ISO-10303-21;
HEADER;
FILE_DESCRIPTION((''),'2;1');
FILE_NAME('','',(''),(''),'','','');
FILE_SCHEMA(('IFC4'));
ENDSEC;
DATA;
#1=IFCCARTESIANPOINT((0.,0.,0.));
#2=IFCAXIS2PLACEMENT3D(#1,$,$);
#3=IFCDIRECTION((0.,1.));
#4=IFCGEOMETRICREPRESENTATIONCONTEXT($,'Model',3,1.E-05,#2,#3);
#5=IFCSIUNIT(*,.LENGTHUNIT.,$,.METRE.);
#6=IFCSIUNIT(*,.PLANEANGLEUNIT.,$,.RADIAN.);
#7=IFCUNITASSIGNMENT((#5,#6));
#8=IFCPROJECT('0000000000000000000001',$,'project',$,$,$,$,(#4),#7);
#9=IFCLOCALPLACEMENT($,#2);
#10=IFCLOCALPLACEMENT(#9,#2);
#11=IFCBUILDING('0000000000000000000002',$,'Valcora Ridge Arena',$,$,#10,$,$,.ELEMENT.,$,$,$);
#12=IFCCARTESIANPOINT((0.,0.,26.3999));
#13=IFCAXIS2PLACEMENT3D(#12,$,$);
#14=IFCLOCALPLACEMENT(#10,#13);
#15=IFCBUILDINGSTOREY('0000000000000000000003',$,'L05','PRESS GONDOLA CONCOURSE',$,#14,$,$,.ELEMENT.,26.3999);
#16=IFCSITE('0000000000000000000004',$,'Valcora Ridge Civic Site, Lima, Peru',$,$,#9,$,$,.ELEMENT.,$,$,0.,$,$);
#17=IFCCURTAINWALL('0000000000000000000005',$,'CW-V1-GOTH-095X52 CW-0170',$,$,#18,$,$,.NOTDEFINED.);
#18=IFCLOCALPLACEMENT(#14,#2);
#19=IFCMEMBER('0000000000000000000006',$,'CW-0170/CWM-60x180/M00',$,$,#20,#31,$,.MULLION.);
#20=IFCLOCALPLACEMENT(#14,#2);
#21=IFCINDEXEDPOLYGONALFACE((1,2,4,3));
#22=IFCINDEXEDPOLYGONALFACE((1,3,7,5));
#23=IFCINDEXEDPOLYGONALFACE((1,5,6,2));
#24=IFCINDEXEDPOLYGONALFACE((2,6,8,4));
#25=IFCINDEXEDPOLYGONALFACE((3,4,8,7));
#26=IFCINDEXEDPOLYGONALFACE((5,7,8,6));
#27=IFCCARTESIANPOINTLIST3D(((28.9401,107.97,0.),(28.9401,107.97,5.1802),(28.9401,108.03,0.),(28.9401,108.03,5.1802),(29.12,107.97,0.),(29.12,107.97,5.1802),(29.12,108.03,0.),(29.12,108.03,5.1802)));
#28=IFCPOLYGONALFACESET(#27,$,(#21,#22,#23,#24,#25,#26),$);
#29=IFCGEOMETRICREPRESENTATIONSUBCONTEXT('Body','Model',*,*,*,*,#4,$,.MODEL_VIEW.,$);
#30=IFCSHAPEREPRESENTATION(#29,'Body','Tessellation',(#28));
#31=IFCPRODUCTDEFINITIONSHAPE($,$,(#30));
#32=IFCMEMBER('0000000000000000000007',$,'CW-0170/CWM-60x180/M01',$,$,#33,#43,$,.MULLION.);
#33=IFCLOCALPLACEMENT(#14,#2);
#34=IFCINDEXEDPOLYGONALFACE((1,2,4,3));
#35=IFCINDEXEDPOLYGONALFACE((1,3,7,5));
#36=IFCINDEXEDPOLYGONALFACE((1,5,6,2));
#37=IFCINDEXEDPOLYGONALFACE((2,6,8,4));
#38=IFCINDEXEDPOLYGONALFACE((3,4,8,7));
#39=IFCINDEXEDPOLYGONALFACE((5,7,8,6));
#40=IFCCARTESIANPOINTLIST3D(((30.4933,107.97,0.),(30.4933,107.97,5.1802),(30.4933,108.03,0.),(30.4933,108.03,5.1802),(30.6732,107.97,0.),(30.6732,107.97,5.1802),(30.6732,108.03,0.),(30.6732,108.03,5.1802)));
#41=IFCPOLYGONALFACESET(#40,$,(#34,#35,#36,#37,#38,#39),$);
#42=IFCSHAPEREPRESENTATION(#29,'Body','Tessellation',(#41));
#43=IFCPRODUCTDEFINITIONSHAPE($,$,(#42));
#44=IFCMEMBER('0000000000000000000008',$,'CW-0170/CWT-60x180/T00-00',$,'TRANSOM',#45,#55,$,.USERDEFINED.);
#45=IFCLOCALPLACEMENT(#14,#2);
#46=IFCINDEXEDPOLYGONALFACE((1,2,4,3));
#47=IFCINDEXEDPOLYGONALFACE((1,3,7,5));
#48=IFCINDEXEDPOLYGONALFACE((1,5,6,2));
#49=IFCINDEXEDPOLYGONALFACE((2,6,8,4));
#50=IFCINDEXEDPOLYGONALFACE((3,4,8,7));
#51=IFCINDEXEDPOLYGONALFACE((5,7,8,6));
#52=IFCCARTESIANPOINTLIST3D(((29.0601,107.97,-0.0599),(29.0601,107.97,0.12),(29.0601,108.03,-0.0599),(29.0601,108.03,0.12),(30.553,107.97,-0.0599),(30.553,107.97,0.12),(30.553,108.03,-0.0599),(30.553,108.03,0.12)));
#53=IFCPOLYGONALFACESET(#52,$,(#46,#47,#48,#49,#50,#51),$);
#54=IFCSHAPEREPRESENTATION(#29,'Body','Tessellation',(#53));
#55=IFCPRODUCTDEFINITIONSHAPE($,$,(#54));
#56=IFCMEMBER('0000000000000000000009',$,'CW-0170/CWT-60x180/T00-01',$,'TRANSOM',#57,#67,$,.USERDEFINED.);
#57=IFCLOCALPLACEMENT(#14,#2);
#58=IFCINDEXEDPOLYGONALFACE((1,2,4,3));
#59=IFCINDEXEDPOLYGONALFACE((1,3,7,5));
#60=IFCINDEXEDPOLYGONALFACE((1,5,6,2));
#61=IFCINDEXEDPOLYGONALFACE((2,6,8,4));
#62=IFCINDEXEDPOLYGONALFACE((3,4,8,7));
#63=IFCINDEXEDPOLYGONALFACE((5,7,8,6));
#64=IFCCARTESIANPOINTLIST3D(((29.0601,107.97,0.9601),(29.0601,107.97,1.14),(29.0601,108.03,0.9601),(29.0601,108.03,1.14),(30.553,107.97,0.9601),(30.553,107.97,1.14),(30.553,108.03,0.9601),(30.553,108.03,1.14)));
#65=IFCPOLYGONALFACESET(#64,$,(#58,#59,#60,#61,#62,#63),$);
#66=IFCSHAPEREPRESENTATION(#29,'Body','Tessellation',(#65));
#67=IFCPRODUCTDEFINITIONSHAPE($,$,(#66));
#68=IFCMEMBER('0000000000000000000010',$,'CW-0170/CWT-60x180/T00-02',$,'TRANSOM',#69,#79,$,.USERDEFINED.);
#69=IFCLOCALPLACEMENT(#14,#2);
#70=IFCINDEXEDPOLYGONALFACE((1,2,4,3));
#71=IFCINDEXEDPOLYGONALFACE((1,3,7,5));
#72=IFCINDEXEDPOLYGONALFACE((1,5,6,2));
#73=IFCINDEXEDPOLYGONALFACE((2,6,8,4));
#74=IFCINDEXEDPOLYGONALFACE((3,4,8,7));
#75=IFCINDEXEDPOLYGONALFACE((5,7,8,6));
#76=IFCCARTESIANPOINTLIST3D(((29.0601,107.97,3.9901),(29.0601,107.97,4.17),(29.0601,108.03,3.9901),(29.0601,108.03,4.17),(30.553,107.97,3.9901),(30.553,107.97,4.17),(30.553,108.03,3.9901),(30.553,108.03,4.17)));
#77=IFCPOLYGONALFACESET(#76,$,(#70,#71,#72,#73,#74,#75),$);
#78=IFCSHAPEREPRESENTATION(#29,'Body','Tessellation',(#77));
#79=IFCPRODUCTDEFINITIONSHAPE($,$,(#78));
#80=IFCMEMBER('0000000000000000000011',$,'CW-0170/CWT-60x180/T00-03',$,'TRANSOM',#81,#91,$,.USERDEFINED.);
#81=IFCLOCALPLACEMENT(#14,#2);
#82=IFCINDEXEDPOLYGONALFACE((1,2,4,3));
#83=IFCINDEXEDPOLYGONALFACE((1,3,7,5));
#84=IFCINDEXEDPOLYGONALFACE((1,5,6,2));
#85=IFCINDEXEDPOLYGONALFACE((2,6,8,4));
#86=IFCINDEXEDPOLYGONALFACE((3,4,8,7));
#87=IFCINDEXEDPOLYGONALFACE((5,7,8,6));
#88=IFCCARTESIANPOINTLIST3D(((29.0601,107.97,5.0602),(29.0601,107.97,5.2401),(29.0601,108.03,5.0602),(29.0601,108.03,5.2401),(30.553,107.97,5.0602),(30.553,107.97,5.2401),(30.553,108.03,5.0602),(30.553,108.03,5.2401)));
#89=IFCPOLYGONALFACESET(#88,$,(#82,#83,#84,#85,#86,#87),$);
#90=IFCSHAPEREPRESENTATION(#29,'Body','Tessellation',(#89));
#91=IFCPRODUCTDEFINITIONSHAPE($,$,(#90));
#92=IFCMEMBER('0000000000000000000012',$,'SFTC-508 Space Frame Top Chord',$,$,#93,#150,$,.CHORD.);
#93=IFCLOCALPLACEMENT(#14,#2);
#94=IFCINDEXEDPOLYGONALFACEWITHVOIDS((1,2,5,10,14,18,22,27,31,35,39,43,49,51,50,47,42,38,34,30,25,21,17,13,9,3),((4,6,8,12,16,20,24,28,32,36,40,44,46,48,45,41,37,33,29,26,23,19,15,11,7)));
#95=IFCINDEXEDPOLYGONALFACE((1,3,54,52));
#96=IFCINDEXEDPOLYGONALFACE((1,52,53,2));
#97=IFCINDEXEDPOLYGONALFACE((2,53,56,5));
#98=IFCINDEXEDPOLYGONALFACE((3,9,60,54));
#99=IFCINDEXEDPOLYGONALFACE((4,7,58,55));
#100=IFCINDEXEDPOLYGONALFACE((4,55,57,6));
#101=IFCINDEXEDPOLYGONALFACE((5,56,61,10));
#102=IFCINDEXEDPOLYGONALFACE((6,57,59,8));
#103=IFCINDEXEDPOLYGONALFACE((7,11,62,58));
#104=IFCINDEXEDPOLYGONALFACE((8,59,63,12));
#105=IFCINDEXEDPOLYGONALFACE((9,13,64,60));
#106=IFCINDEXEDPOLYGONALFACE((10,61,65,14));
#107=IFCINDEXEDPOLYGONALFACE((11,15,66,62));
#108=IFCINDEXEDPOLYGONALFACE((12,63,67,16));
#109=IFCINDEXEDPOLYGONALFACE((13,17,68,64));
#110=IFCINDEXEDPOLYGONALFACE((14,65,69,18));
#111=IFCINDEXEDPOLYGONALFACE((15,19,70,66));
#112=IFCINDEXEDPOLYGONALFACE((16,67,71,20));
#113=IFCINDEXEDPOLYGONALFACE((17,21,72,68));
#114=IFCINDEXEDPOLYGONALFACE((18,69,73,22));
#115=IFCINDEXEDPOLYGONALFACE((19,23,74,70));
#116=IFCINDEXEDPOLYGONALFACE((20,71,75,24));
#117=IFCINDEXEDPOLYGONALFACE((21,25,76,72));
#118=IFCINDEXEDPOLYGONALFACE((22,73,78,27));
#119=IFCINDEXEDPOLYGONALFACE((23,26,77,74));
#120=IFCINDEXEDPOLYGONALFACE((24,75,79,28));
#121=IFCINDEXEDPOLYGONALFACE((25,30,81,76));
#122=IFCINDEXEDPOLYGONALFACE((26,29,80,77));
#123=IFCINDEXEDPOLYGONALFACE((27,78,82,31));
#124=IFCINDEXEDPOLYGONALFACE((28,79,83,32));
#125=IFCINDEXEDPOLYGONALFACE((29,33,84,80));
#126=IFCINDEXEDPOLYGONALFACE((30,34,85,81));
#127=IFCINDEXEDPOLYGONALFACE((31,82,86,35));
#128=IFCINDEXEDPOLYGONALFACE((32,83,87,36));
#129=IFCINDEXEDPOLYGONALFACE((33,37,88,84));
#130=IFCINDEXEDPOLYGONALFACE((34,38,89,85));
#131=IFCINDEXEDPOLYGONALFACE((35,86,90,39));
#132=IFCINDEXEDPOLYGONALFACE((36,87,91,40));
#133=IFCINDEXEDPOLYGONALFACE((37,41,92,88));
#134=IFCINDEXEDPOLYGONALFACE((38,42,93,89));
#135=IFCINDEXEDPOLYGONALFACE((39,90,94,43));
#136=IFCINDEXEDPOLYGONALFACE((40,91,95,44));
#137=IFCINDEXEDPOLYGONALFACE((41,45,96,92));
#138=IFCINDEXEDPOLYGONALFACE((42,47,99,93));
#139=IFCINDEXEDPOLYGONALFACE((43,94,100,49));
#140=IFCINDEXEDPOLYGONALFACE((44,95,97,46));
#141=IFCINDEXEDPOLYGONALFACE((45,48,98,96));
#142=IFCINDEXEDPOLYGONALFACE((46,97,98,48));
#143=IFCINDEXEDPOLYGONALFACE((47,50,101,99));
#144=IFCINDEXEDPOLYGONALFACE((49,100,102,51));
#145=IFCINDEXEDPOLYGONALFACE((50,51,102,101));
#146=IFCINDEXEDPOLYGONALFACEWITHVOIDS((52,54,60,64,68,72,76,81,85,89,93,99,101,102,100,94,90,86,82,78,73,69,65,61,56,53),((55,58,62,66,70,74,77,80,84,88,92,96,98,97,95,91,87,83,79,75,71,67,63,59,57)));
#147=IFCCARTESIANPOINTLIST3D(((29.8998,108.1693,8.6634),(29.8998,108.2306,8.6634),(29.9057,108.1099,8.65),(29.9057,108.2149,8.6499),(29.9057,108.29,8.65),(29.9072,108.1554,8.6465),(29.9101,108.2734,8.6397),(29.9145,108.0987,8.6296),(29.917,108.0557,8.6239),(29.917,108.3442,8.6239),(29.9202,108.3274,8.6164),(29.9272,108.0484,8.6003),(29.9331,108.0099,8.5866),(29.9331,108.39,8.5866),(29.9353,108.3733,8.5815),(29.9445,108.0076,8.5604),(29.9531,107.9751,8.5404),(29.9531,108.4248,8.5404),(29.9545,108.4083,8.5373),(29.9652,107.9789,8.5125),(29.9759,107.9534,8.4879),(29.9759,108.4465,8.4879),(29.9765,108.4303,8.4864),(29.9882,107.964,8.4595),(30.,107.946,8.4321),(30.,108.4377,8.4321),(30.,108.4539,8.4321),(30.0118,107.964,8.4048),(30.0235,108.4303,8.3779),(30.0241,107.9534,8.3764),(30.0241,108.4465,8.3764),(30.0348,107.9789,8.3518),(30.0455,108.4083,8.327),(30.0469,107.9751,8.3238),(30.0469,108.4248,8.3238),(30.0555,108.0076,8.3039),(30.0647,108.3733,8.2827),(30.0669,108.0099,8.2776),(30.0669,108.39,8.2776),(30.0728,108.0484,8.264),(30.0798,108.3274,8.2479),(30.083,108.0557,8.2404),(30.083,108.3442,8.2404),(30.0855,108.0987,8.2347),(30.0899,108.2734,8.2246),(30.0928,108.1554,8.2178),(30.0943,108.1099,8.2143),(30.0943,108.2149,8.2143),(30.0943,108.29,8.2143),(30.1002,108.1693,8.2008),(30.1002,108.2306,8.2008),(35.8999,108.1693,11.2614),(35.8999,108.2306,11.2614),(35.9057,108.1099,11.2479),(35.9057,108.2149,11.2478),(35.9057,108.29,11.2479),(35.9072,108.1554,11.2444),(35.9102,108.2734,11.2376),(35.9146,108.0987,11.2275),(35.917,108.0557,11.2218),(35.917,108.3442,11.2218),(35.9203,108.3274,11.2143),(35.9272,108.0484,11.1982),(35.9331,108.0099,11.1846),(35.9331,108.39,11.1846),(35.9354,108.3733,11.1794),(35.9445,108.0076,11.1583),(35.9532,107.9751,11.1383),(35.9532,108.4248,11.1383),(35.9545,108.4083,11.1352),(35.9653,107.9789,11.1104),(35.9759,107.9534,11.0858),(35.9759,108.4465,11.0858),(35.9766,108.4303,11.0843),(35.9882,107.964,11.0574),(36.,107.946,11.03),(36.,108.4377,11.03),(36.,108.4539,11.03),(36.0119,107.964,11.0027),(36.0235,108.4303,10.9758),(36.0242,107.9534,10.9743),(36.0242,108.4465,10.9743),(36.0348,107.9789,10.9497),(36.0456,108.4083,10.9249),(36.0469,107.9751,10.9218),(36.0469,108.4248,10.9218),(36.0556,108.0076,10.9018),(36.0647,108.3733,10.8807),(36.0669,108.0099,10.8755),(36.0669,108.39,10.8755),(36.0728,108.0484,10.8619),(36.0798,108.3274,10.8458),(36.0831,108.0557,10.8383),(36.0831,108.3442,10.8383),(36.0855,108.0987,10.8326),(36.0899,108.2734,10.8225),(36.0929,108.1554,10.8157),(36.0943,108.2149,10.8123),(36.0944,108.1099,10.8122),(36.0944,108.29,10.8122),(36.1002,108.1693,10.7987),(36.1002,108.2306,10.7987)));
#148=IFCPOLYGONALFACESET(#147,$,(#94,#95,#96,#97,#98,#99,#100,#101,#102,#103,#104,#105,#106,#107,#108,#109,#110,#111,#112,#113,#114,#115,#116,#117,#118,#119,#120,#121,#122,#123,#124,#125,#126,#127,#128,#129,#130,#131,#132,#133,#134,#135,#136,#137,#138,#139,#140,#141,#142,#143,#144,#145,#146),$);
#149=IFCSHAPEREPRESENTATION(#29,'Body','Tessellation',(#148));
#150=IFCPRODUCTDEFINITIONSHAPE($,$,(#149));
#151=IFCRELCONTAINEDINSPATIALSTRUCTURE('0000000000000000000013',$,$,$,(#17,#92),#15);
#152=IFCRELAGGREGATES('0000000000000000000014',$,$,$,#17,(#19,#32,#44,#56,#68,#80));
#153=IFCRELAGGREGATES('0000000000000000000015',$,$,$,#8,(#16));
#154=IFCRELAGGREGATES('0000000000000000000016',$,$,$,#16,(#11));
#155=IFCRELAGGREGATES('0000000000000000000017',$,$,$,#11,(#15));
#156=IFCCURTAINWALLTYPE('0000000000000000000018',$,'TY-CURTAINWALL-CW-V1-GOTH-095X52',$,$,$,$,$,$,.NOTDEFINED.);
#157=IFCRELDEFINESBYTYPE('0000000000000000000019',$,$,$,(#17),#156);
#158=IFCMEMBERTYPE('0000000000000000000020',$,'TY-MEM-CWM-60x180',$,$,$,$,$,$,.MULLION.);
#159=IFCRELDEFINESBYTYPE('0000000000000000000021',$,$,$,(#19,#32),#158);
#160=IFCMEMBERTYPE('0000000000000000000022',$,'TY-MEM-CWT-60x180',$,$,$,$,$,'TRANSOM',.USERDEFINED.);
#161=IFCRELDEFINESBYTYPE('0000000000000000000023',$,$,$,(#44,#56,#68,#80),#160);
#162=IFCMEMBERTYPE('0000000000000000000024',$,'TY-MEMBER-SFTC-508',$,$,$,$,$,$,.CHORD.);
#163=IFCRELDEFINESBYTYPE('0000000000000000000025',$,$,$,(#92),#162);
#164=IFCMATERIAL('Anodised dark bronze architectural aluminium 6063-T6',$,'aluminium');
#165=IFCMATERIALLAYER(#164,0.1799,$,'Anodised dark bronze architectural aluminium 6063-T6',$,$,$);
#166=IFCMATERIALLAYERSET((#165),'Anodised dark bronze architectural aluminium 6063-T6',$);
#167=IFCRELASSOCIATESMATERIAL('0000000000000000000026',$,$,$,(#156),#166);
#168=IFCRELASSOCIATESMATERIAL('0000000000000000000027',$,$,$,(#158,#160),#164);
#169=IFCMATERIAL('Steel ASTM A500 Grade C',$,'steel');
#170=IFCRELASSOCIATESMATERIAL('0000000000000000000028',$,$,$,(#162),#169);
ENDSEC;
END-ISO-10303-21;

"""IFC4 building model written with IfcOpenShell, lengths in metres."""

from ifc_helpers import new_model, si_unit, direction, frame, origin, origin_2d, place, context, subcontext, project, spatial, rectangle, hollow_circle, extrude, material, layer, layer_set, material_profile, profile_set, type_object, element, aggregate, save


model = new_model("IFC4")

# Units and contexts
model_context = context("Model", 3, precision=1e-05, world=origin(), true_north=direction((0.0, 1.0)))
body_context = subcontext(model_context, "Body", "Model", "MODEL_VIEW")
ifc_project = project(units=[si_unit("LENGTHUNIT", "METRE"), si_unit("PLANEANGLEUNIT", "RADIAN")], contexts=[model_context])

# Site, building, storey
site_placement = place(None, origin())
site = spatial("IfcSite", under=ifc_project, at=site_placement, Name="Valcora Ridge Civic Site, Lima, Peru", CompositionType="ELEMENT", RefElevation=0.0)
building_placement = place(site_placement, origin())
building = spatial("IfcBuilding", under=site, at=building_placement, Name="Valcora Ridge Arena", CompositionType="ELEMENT")
storey_placement = place(building_placement, frame((0.0, 0.0, 26.3999)))
storey = spatial("IfcBuildingStorey", under=building, at=storey_placement, Name="L05", Description="PRESS GONDOLA CONCOURSE", CompositionType="ELEMENT", Elevation=26.3999)

# Curtain wall, members
ifc_material_1 = material(Name="Anodised dark bronze architectural aluminium 6063-T6", Category="aluminium")
ifc_layer_1 = layer(ifc_material_1, 0.1799, Name="Anodised dark bronze architectural aluminium 6063-T6")
ifc_layer_set_1 = layer_set([ifc_layer_1], Name="Anodised dark bronze architectural aluminium 6063-T6")
curtain_wall_type = type_object("IfcCurtainWallType", Name="TY-CURTAINWALL-CW-V1-GOTH-095X52", PredefinedType="NOTDEFINED", material=ifc_layer_set_1)
curtain_wall_placement = place(storey_placement, origin())
curtain_wall = element("IfcCurtainWall", 1, at=curtain_wall_placement, inside=storey, type_object=curtain_wall_type, Name="CW-V1-GOTH-095X52 CW-0170", PredefinedType="NOTDEFINED")
ifc_material_profile_1 = material_profile(ifc_material_1, rectangle(XDim=0.0601, YDim=0.1799, at=origin_2d()), Name="ALU MULLION 60x180")
ifc_profile_set_1 = profile_set([ifc_material_profile_1], Name="Anodised dark bronze architectural aluminium 6063-T6")
member_type_1 = type_object("IfcMemberType", Name="TY-MEM-CWM-60x180", PredefinedType="MULLION", material=ifc_profile_set_1)
member_1_placement = place(storey_placement, frame((29.03, 108.0, 0.0), z_axis=(0.0, 0.0, 1.0), x_axis=(0.0, 1.0, 0.0)))
member_1 = element("IfcMember", 2, at=member_1_placement, type_object=member_type_1, Name="CW-0170/CWM-60x180/M00", PredefinedType="MULLION", context=body_context, shape_type="SweptSolid", body=[
    extrude(rectangle(XDim=0.0601, YDim=0.1799, at=origin_2d()), origin(), (0.0, 0.0, 1.0), 5.1802),
])
member_2_placement = place(storey_placement, frame((30.5833, 108.0, 0.0), z_axis=(0.0, 0.0, 1.0), x_axis=(0.0, 1.0, 0.0)))
member_2 = element("IfcMember", 3, at=member_2_placement, type_object=member_type_1, Name="CW-0170/CWM-60x180/M01", PredefinedType="MULLION", context=body_context, shape_type="SweptSolid", body=[
    extrude(rectangle(XDim=0.0601, YDim=0.1799, at=origin_2d()), origin(), (0.0, 0.0, 1.0), 5.1802),
])
ifc_material_profile_2 = material_profile(ifc_material_1, rectangle(XDim=0.0601, YDim=0.1799, at=origin_2d()), Name="ALU TRANSOM 60x180")
ifc_profile_set_2 = profile_set([ifc_material_profile_2], Name="Anodised dark bronze architectural aluminium 6063-T6")
member_type_2 = type_object("IfcMemberType", Name="TY-MEM-CWT-60x180", ElementType="TRANSOM", PredefinedType="USERDEFINED", material=ifc_profile_set_2)
member_3_placement = place(storey_placement, frame((29.0601, 108.0, 0.03), z_axis=(1.0, 0.0, 0.0), x_axis=(0.0, 1.0, 0.0)))
member_3 = element("IfcMember", 4, at=member_3_placement, type_object=member_type_2, Name="CW-0170/CWT-60x180/T00-00", ObjectType="TRANSOM", PredefinedType="USERDEFINED", context=body_context, shape_type="SweptSolid", body=[
    extrude(rectangle(XDim=0.0601, YDim=0.1799, at=origin_2d()), origin(), (0.0, 0.0, 1.0), 1.4929),
])
member_4_placement = place(storey_placement, frame((29.0601, 108.0, 1.05), z_axis=(1.0, 0.0, 0.0), x_axis=(0.0, 1.0, 0.0)))
member_4 = element("IfcMember", 5, at=member_4_placement, type_object=member_type_2, Name="CW-0170/CWT-60x180/T00-01", ObjectType="TRANSOM", PredefinedType="USERDEFINED", context=body_context, shape_type="SweptSolid", body=[
    extrude(rectangle(XDim=0.0601, YDim=0.1799, at=origin_2d()), origin(), (0.0, 0.0, 1.0), 1.4929),
])
member_5_placement = place(storey_placement, frame((29.0601, 108.0, 4.0801), z_axis=(1.0, 0.0, 0.0), x_axis=(0.0, 1.0, 0.0)))
member_5 = element("IfcMember", 6, at=member_5_placement, type_object=member_type_2, Name="CW-0170/CWT-60x180/T00-02", ObjectType="TRANSOM", PredefinedType="USERDEFINED", context=body_context, shape_type="SweptSolid", body=[
    extrude(rectangle(XDim=0.0601, YDim=0.1799, at=origin_2d()), origin(), (0.0, 0.0, 1.0), 1.4929),
])
member_6_placement = place(storey_placement, frame((29.0601, 108.0, 5.1501), z_axis=(1.0, 0.0, 0.0), x_axis=(0.0, 1.0, 0.0)))
member_6 = element("IfcMember", 7, at=member_6_placement, type_object=member_type_2, Name="CW-0170/CWT-60x180/T00-03", ObjectType="TRANSOM", PredefinedType="USERDEFINED", context=body_context, shape_type="SweptSolid", body=[
    extrude(rectangle(XDim=0.0601, YDim=0.1799, at=origin_2d()), origin(), (0.0, 0.0, 1.0), 1.4929),
])

# Member
ifc_material_2 = material(Name="Steel ASTM A500 Grade C", Category="steel")
ifc_material_profile_3 = material_profile(ifc_material_2, hollow_circle(Radius=0.2539, WallThickness=0.0161, at=origin_2d()), Name="CHS508X16")
ifc_profile_set_3 = profile_set([ifc_material_profile_3], Name="Steel ASTM A500 Grade C")
member_type_3 = type_object("IfcMemberType", Name="TY-MEMBER-SFTC-508", PredefinedType="CHORD", material=ifc_profile_set_3)
member_7_placement = place(storey_placement, frame((30.0, 108.2, 8.4321), z_axis=(0.917673, 0.0, 0.397337), x_axis=(0.0, 1.0, 0.0)))
element("IfcMember", 8, at=member_7_placement, inside=storey, type_object=member_type_3, Name="SFTC-508 Space Frame Top Chord", PredefinedType="CHORD", context=body_context, shape_type="SweptSolid", body=[
    extrude(hollow_circle(Radius=0.2539, WallThickness=0.0161, at=origin_2d()), origin(), (0.0, 0.0, 1.0), 6.5383),
])

aggregate(curtain_wall, [member_1, member_2, member_3, member_4, member_5, member_6])

save(model, "model.ifc")
